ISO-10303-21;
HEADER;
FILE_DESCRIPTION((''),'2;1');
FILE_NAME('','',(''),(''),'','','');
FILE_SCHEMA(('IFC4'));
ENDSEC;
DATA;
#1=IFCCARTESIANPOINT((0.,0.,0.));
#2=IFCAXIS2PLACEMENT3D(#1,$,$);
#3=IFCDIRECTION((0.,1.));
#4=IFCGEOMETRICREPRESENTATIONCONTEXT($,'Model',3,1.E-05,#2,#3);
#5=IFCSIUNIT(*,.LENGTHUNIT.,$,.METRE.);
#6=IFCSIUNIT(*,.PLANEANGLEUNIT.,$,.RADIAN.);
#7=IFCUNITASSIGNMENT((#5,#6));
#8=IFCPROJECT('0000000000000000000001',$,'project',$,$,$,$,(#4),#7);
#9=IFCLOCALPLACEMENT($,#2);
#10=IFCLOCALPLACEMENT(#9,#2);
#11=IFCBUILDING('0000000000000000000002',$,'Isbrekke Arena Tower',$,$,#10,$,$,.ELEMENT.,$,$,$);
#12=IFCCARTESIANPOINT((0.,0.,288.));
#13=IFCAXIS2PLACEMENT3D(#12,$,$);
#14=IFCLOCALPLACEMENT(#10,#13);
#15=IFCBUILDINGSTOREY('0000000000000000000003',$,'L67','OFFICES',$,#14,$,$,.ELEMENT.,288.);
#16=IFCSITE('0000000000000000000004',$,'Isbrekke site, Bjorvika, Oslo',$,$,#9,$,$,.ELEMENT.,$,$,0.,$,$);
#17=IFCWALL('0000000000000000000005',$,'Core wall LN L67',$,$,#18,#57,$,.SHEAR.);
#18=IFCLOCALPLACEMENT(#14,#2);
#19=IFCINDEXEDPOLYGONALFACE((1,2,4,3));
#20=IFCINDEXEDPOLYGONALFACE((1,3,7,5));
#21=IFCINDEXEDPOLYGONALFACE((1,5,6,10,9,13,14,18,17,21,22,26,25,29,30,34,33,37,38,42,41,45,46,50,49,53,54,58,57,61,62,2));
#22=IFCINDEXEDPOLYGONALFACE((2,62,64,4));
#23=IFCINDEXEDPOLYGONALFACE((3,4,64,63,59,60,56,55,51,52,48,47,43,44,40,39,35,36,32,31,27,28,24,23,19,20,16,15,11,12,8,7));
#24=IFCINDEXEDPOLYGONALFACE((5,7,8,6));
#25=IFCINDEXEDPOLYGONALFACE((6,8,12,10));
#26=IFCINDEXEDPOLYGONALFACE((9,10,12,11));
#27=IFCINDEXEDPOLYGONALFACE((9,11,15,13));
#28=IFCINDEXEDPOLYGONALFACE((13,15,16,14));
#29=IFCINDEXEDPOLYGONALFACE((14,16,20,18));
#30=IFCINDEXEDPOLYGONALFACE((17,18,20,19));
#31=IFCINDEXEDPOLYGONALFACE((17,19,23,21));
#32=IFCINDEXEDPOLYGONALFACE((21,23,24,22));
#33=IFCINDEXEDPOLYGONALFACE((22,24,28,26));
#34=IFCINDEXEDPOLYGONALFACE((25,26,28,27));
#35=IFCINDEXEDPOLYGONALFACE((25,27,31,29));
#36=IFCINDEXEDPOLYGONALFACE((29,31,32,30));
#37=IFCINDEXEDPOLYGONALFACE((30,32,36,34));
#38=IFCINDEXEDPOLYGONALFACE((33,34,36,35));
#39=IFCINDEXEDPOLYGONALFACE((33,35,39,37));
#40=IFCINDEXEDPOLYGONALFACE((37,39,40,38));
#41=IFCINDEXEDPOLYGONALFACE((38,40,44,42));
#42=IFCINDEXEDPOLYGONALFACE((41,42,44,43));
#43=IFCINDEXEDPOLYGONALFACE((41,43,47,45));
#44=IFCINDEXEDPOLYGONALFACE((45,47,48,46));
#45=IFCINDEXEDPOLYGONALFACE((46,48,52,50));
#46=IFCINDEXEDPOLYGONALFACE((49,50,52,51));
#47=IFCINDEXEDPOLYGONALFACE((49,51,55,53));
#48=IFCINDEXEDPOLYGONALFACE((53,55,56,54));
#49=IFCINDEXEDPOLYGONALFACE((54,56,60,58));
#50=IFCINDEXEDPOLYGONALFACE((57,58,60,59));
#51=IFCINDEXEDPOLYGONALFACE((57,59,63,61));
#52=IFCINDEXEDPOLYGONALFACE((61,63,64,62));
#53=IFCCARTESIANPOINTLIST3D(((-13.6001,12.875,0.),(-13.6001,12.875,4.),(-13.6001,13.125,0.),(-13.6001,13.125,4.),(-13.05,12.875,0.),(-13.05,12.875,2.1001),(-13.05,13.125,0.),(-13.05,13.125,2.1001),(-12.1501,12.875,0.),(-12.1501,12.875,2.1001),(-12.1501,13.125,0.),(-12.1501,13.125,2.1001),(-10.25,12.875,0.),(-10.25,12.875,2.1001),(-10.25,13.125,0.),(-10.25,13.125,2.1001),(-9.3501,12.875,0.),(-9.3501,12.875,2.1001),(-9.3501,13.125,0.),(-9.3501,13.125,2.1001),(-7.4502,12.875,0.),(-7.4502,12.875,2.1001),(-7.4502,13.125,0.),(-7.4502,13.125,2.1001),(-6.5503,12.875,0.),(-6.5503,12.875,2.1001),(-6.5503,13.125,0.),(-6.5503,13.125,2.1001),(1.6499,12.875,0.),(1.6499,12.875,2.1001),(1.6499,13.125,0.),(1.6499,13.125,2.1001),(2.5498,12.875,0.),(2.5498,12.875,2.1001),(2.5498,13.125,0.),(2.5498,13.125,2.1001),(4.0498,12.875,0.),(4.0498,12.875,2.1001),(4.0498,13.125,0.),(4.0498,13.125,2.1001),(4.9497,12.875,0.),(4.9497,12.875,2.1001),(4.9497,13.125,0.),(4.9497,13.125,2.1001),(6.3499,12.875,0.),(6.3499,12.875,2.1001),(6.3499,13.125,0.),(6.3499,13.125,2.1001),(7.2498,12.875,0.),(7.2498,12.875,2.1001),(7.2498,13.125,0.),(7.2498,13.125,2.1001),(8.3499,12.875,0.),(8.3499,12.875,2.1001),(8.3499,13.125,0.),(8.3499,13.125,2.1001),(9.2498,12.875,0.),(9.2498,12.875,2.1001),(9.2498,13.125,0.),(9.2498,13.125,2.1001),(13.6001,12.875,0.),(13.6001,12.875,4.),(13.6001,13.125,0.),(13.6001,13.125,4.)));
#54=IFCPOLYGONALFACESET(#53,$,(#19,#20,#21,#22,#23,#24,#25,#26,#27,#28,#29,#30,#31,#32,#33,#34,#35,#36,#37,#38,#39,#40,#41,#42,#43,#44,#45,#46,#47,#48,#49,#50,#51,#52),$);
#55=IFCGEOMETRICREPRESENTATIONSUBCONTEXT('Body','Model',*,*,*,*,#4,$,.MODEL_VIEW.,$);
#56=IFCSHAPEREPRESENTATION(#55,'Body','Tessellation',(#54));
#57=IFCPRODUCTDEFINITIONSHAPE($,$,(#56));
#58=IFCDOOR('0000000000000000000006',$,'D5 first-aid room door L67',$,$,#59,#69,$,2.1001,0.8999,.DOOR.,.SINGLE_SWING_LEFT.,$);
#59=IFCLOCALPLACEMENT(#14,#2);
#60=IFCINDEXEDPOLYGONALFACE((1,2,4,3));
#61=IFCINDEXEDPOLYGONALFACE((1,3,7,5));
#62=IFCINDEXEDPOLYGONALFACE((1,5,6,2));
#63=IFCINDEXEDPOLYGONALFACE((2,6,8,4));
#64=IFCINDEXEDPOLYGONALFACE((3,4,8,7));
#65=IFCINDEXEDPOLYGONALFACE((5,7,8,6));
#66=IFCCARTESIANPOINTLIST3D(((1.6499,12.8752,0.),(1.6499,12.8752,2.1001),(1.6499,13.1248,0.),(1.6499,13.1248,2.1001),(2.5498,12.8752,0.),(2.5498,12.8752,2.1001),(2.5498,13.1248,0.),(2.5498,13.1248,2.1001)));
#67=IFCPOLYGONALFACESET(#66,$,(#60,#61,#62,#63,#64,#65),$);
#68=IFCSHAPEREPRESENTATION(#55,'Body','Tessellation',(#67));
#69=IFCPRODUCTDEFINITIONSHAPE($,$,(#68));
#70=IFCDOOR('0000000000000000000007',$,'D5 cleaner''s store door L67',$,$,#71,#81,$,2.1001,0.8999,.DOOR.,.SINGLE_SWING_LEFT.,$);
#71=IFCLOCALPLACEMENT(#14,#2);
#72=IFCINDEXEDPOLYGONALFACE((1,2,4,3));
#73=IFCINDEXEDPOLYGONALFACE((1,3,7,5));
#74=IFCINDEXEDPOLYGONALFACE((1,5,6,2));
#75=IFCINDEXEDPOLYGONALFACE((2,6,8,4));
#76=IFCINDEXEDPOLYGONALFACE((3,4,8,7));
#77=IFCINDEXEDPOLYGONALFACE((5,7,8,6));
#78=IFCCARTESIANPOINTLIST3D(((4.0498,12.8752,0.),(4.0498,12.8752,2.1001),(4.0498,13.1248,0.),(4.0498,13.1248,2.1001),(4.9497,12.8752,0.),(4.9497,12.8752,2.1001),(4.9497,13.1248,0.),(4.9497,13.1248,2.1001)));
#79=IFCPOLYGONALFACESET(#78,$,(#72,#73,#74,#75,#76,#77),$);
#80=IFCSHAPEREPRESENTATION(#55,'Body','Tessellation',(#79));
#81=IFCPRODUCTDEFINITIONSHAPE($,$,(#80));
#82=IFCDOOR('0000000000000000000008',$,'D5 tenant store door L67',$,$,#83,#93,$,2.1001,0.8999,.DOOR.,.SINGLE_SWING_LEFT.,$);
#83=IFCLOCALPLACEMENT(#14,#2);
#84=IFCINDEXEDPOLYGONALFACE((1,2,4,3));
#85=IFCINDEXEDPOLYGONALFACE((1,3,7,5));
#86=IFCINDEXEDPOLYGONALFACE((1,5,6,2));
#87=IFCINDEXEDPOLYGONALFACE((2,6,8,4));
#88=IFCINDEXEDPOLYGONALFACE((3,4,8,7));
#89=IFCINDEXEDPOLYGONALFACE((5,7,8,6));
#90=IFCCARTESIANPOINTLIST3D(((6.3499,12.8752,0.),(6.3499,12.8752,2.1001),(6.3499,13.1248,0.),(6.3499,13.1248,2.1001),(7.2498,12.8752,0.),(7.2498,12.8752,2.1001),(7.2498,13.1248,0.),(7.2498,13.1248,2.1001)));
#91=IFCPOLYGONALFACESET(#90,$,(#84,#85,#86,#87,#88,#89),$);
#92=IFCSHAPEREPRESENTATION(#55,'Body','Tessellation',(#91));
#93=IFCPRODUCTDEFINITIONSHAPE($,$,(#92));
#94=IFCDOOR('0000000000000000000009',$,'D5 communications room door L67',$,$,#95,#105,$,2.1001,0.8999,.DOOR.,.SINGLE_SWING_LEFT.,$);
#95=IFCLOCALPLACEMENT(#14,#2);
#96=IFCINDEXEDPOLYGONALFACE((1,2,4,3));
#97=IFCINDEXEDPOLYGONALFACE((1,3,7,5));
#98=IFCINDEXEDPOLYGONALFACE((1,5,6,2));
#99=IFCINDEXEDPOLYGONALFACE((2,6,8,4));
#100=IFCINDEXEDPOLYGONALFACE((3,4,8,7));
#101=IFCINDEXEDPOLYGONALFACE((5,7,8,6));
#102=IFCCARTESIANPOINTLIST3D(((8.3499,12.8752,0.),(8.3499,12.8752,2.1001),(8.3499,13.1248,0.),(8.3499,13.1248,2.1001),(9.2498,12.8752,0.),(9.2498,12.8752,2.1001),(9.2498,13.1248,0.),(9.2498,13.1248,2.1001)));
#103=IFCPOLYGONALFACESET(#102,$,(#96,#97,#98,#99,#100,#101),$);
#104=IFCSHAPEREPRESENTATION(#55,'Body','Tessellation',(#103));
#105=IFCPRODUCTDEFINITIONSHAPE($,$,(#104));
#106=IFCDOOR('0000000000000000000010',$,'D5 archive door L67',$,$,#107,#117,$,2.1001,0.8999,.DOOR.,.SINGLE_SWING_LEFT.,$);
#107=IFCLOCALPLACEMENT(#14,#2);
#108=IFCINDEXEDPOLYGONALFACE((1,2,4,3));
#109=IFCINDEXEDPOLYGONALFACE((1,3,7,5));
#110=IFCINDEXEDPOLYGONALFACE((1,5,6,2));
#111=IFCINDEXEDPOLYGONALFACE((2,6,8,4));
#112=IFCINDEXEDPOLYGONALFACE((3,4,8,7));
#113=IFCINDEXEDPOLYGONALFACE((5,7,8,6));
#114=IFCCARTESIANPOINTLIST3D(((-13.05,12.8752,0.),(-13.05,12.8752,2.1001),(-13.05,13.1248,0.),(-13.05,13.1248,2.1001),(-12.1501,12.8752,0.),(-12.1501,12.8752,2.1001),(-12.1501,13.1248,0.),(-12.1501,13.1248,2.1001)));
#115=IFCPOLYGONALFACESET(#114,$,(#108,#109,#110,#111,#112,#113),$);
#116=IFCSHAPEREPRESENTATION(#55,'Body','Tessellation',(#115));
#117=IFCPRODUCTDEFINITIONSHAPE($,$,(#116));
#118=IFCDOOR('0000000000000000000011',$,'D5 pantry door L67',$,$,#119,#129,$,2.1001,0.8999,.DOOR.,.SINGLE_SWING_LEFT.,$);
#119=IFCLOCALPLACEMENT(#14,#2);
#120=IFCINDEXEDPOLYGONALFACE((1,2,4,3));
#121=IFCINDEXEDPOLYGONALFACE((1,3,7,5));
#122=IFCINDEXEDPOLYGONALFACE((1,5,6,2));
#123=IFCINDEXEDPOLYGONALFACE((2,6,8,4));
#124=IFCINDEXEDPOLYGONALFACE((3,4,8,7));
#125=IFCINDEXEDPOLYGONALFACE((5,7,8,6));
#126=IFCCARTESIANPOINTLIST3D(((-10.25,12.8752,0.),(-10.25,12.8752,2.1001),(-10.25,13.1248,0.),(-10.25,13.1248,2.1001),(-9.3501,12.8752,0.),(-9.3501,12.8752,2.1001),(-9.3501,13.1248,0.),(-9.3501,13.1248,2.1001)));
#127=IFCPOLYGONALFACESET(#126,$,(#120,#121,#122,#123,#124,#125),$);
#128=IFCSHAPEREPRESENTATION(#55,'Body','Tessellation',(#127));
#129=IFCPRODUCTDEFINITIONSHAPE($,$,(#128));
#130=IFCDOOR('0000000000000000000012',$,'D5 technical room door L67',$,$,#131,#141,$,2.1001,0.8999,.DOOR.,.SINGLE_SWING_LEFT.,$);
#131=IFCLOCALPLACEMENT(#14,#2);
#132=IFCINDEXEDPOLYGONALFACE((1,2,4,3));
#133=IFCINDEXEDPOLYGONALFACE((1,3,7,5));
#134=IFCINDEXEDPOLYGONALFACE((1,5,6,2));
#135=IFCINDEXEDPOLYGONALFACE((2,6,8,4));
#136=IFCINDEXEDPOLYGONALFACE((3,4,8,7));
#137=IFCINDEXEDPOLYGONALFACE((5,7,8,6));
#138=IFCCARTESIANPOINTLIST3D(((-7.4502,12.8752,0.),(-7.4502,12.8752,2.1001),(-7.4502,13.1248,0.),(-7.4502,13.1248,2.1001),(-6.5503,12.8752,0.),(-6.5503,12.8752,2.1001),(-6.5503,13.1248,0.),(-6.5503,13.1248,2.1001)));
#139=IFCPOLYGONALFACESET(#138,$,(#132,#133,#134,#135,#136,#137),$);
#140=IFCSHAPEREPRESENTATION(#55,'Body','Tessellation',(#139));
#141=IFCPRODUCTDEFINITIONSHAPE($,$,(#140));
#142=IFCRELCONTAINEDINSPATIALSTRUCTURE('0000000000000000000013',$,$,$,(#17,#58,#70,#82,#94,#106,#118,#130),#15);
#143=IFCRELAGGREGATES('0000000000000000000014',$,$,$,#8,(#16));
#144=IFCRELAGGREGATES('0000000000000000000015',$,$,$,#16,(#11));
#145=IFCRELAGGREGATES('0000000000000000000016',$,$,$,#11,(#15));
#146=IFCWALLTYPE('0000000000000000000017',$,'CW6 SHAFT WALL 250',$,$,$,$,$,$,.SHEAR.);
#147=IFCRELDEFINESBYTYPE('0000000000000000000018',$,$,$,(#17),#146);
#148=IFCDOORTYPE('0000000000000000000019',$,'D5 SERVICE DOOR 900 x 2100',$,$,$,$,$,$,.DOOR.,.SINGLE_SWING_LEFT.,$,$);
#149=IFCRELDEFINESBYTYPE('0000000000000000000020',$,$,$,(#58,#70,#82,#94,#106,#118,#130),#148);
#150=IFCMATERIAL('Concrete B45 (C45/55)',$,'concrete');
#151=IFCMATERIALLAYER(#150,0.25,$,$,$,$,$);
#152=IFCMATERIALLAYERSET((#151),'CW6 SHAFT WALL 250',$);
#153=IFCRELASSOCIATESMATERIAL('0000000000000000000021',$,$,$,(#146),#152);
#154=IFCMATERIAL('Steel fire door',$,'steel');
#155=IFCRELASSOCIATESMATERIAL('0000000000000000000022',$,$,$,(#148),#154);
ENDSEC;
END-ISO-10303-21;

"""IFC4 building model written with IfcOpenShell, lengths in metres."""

from ifc_helpers import new_model, si_unit, direction, frame, frame_2d, origin, place, context, subcontext, project, spatial, rectangle, extrude, material, layer, layer_set, type_object, element, fill, save


model = new_model("IFC4")

# Units and contexts
model_context = context("Model", 3, precision=1e-05, world=origin(), true_north=direction((0.0, 1.0)))
body_context = subcontext(model_context, "Body", "Model", "MODEL_VIEW")
ifc_project = project(units=[si_unit("LENGTHUNIT", "METRE"), si_unit("PLANEANGLEUNIT", "RADIAN")], contexts=[model_context])

# Site, building, storey
site_placement = place(None, origin())
site = spatial("IfcSite", under=ifc_project, at=site_placement, Name="Isbrekke site, Bjorvika, Oslo", CompositionType="ELEMENT", RefElevation=0.0)
building_placement = place(site_placement, origin())
building = spatial("IfcBuilding", under=site, at=building_placement, Name="Isbrekke Arena Tower", CompositionType="ELEMENT")
storey_placement = place(building_placement, frame((0.0, 0.0, 288.0)))
storey = spatial("IfcBuildingStorey", under=building, at=storey_placement, Name="L67", Description="OFFICES", CompositionType="ELEMENT", Elevation=288.0)

# Wall, openings, doors
ifc_material_1 = material(Name="Concrete B45 (C45/55)", Category="concrete")
ifc_layer_1 = layer(ifc_material_1, 0.25)
ifc_layer_set_1 = layer_set([ifc_layer_1], Name="CW6 SHAFT WALL 250")
wall_type_1 = type_object("IfcWallType", Name="CW6 SHAFT WALL 250", PredefinedType="SHEAR", material=ifc_layer_set_1)
ifc_material_2 = material(Name="Steel fire door", Category="steel")
door_type_1 = type_object("IfcDoorType", Name="D5 SERVICE DOOR 900 x 2100", OperationType="SINGLE_SWING_LEFT", PredefinedType="DOOR", material=ifc_material_2)
wall_1_placement = place(storey_placement, frame((-13.6001, 13.0, 0.0), z_axis=(0.0, 0.0, 1.0), x_axis=(1.0, 0.0, 0.0)))
wall_1 = element("IfcWall", 1, at=wall_1_placement, inside=storey, type_object=wall_type_1, Name="Core wall LN L67", PredefinedType="SHEAR", context=body_context, shape_type="SweptSolid", body=[
    extrude(rectangle(XDim=27.2002, YDim=0.25, at=frame_2d((13.6001, 0.0))), origin(), (0.0, 0.0, 1.0), 4.0),
])
opening_1_placement = place(wall_1_placement, frame((15.25, 0.0, 0.0)))
opening_1 = element("IfcOpeningElement", 2, at=opening_1_placement, cuts=wall_1, PredefinedType="OPENING", context=body_context, shape_type="SweptSolid", body=[
    extrude(rectangle(XDim=0.8999, YDim=2.1001, at=frame_2d((0.45, 1.05))), frame((0.0, 0.1399, 0.0), z_axis=(0.0, -1.0, 0.0), x_axis=(1.0, 0.0, 0.0)), (0.0, 0.0, 1.0), 0.2798),
])
opening_2_placement = place(wall_1_placement, frame((17.6499, 0.0, 0.0)))
opening_2 = element("IfcOpeningElement", 3, at=opening_2_placement, cuts=wall_1, PredefinedType="OPENING", context=body_context, shape_type="SweptSolid", body=[
    extrude(rectangle(XDim=0.8999, YDim=2.1001, at=frame_2d((0.45, 1.05))), frame((0.0, 0.1399, 0.0), z_axis=(0.0, -1.0, 0.0), x_axis=(1.0, 0.0, 0.0)), (0.0, 0.0, 1.0), 0.2798),
])
opening_3_placement = place(wall_1_placement, frame((19.95, 0.0, 0.0)))
opening_3 = element("IfcOpeningElement", 4, at=opening_3_placement, cuts=wall_1, PredefinedType="OPENING", context=body_context, shape_type="SweptSolid", body=[
    extrude(rectangle(XDim=0.8999, YDim=2.1001, at=frame_2d((0.45, 1.05))), frame((0.0, 0.1399, 0.0), z_axis=(0.0, -1.0, 0.0), x_axis=(1.0, 0.0, 0.0)), (0.0, 0.0, 1.0), 0.2798),
])
opening_4_placement = place(wall_1_placement, frame((21.95, 0.0, 0.0)))
opening_4 = element("IfcOpeningElement", 5, at=opening_4_placement, cuts=wall_1, PredefinedType="OPENING", context=body_context, shape_type="SweptSolid", body=[
    extrude(rectangle(XDim=0.8999, YDim=2.1001, at=frame_2d((0.45, 1.05))), frame((0.0, 0.1399, 0.0), z_axis=(0.0, -1.0, 0.0), x_axis=(1.0, 0.0, 0.0)), (0.0, 0.0, 1.0), 0.2798),
])
opening_5_placement = place(wall_1_placement, frame((0.55, 0.0, 0.0)))
opening_5 = element("IfcOpeningElement", 6, at=opening_5_placement, cuts=wall_1, PredefinedType="OPENING", context=body_context, shape_type="SweptSolid", body=[
    extrude(rectangle(XDim=0.8999, YDim=2.1001, at=frame_2d((0.45, 1.05))), frame((0.0, 0.1399, 0.0), z_axis=(0.0, -1.0, 0.0), x_axis=(1.0, 0.0, 0.0)), (0.0, 0.0, 1.0), 0.2798),
])
opening_6_placement = place(wall_1_placement, frame((3.3501, 0.0, 0.0)))
opening_6 = element("IfcOpeningElement", 7, at=opening_6_placement, cuts=wall_1, PredefinedType="OPENING", context=body_context, shape_type="SweptSolid", body=[
    extrude(rectangle(XDim=0.8999, YDim=2.1001, at=frame_2d((0.45, 1.05))), frame((0.0, 0.1399, 0.0), z_axis=(0.0, -1.0, 0.0), x_axis=(1.0, 0.0, 0.0)), (0.0, 0.0, 1.0), 0.2798),
])
opening_7_placement = place(wall_1_placement, frame((6.1499, 0.0, 0.0)))
opening_7 = element("IfcOpeningElement", 8, at=opening_7_placement, cuts=wall_1, PredefinedType="OPENING", context=body_context, shape_type="SweptSolid", body=[
    extrude(rectangle(XDim=0.8999, YDim=2.1001, at=frame_2d((0.45, 1.05))), frame((0.0, 0.1399, 0.0), z_axis=(0.0, -1.0, 0.0), x_axis=(1.0, 0.0, 0.0)), (0.0, 0.0, 1.0), 0.2798),
])
door_1_placement = place(opening_1_placement, origin())
door_1 = element("IfcDoor", 9, at=door_1_placement, inside=storey, type_object=door_type_1, Name="D5 first-aid room door L67", OperationType="SINGLE_SWING_LEFT", OverallHeight=2.1001, OverallWidth=0.8999, PredefinedType="DOOR", context=body_context, shape_type="SweptSolid", body=[
    extrude(rectangle(XDim=0.8999, YDim=2.1001, at=frame_2d((0.45, 1.05))), frame((0.0, 0.1248, 0.0), z_axis=(0.0, -1.0, 0.0), x_axis=(1.0, 0.0, 0.0)), (0.0, 0.0, 1.0), 0.2495),
])
fill(opening_1, door_1)
door_2_placement = place(opening_2_placement, origin())
door_2 = element("IfcDoor", 10, at=door_2_placement, inside=storey, type_object=door_type_1, Name="D5 cleaner's store door L67", OperationType="SINGLE_SWING_LEFT", OverallHeight=2.1001, OverallWidth=0.8999, PredefinedType="DOOR", context=body_context, shape_type="SweptSolid", body=[
    extrude(rectangle(XDim=0.8999, YDim=2.1001, at=frame_2d((0.45, 1.05))), frame((0.0, 0.1248, 0.0), z_axis=(0.0, -1.0, 0.0), x_axis=(1.0, 0.0, 0.0)), (0.0, 0.0, 1.0), 0.2495),
])
fill(opening_2, door_2)
door_3_placement = place(opening_3_placement, origin())
door_3 = element("IfcDoor", 11, at=door_3_placement, inside=storey, type_object=door_type_1, Name="D5 tenant store door L67", OperationType="SINGLE_SWING_LEFT", OverallHeight=2.1001, OverallWidth=0.8999, PredefinedType="DOOR", context=body_context, shape_type="SweptSolid", body=[
    extrude(rectangle(XDim=0.8999, YDim=2.1001, at=frame_2d((0.45, 1.05))), frame((0.0, 0.1248, 0.0), z_axis=(0.0, -1.0, 0.0), x_axis=(1.0, 0.0, 0.0)), (0.0, 0.0, 1.0), 0.2495),
])
fill(opening_3, door_3)
door_4_placement = place(opening_4_placement, origin())
door_4 = element("IfcDoor", 12, at=door_4_placement, inside=storey, type_object=door_type_1, Name="D5 communications room door L67", OperationType="SINGLE_SWING_LEFT", OverallHeight=2.1001, OverallWidth=0.8999, PredefinedType="DOOR", context=body_context, shape_type="SweptSolid", body=[
    extrude(rectangle(XDim=0.8999, YDim=2.1001, at=frame_2d((0.45, 1.05))), frame((0.0, 0.1248, 0.0), z_axis=(0.0, -1.0, 0.0), x_axis=(1.0, 0.0, 0.0)), (0.0, 0.0, 1.0), 0.2495),
])
fill(opening_4, door_4)
door_5_placement = place(opening_5_placement, origin())
door_5 = element("IfcDoor", 13, at=door_5_placement, inside=storey, type_object=door_type_1, Name="D5 archive door L67", OperationType="SINGLE_SWING_LEFT", OverallHeight=2.1001, OverallWidth=0.8999, PredefinedType="DOOR", context=body_context, shape_type="SweptSolid", body=[
    extrude(rectangle(XDim=0.8999, YDim=2.1001, at=frame_2d((0.45, 1.05))), frame((0.0, 0.1248, 0.0), z_axis=(0.0, -1.0, 0.0), x_axis=(1.0, 0.0, 0.0)), (0.0, 0.0, 1.0), 0.2495),
])
fill(opening_5, door_5)
door_6_placement = place(opening_6_placement, origin())
door_6 = element("IfcDoor", 14, at=door_6_placement, inside=storey, type_object=door_type_1, Name="D5 pantry door L67", OperationType="SINGLE_SWING_LEFT", OverallHeight=2.1001, OverallWidth=0.8999, PredefinedType="DOOR", context=body_context, shape_type="SweptSolid", body=[
    extrude(rectangle(XDim=0.8999, YDim=2.1001, at=frame_2d((0.45, 1.05))), frame((0.0, 0.1248, 0.0), z_axis=(0.0, -1.0, 0.0), x_axis=(1.0, 0.0, 0.0)), (0.0, 0.0, 1.0), 0.2495),
])
fill(opening_6, door_6)
door_7_placement = place(opening_7_placement, origin())
door_7 = element("IfcDoor", 15, at=door_7_placement, inside=storey, type_object=door_type_1, Name="D5 technical room door L67", OperationType="SINGLE_SWING_LEFT", OverallHeight=2.1001, OverallWidth=0.8999, PredefinedType="DOOR", context=body_context, shape_type="SweptSolid", body=[
    extrude(rectangle(XDim=0.8999, YDim=2.1001, at=frame_2d((0.45, 1.05))), frame((0.0, 0.1248, 0.0), z_axis=(0.0, -1.0, 0.0), x_axis=(1.0, 0.0, 0.0)), (0.0, 0.0, 1.0), 0.2495),
])
fill(opening_7, door_7)

save(model, "model.ifc")
